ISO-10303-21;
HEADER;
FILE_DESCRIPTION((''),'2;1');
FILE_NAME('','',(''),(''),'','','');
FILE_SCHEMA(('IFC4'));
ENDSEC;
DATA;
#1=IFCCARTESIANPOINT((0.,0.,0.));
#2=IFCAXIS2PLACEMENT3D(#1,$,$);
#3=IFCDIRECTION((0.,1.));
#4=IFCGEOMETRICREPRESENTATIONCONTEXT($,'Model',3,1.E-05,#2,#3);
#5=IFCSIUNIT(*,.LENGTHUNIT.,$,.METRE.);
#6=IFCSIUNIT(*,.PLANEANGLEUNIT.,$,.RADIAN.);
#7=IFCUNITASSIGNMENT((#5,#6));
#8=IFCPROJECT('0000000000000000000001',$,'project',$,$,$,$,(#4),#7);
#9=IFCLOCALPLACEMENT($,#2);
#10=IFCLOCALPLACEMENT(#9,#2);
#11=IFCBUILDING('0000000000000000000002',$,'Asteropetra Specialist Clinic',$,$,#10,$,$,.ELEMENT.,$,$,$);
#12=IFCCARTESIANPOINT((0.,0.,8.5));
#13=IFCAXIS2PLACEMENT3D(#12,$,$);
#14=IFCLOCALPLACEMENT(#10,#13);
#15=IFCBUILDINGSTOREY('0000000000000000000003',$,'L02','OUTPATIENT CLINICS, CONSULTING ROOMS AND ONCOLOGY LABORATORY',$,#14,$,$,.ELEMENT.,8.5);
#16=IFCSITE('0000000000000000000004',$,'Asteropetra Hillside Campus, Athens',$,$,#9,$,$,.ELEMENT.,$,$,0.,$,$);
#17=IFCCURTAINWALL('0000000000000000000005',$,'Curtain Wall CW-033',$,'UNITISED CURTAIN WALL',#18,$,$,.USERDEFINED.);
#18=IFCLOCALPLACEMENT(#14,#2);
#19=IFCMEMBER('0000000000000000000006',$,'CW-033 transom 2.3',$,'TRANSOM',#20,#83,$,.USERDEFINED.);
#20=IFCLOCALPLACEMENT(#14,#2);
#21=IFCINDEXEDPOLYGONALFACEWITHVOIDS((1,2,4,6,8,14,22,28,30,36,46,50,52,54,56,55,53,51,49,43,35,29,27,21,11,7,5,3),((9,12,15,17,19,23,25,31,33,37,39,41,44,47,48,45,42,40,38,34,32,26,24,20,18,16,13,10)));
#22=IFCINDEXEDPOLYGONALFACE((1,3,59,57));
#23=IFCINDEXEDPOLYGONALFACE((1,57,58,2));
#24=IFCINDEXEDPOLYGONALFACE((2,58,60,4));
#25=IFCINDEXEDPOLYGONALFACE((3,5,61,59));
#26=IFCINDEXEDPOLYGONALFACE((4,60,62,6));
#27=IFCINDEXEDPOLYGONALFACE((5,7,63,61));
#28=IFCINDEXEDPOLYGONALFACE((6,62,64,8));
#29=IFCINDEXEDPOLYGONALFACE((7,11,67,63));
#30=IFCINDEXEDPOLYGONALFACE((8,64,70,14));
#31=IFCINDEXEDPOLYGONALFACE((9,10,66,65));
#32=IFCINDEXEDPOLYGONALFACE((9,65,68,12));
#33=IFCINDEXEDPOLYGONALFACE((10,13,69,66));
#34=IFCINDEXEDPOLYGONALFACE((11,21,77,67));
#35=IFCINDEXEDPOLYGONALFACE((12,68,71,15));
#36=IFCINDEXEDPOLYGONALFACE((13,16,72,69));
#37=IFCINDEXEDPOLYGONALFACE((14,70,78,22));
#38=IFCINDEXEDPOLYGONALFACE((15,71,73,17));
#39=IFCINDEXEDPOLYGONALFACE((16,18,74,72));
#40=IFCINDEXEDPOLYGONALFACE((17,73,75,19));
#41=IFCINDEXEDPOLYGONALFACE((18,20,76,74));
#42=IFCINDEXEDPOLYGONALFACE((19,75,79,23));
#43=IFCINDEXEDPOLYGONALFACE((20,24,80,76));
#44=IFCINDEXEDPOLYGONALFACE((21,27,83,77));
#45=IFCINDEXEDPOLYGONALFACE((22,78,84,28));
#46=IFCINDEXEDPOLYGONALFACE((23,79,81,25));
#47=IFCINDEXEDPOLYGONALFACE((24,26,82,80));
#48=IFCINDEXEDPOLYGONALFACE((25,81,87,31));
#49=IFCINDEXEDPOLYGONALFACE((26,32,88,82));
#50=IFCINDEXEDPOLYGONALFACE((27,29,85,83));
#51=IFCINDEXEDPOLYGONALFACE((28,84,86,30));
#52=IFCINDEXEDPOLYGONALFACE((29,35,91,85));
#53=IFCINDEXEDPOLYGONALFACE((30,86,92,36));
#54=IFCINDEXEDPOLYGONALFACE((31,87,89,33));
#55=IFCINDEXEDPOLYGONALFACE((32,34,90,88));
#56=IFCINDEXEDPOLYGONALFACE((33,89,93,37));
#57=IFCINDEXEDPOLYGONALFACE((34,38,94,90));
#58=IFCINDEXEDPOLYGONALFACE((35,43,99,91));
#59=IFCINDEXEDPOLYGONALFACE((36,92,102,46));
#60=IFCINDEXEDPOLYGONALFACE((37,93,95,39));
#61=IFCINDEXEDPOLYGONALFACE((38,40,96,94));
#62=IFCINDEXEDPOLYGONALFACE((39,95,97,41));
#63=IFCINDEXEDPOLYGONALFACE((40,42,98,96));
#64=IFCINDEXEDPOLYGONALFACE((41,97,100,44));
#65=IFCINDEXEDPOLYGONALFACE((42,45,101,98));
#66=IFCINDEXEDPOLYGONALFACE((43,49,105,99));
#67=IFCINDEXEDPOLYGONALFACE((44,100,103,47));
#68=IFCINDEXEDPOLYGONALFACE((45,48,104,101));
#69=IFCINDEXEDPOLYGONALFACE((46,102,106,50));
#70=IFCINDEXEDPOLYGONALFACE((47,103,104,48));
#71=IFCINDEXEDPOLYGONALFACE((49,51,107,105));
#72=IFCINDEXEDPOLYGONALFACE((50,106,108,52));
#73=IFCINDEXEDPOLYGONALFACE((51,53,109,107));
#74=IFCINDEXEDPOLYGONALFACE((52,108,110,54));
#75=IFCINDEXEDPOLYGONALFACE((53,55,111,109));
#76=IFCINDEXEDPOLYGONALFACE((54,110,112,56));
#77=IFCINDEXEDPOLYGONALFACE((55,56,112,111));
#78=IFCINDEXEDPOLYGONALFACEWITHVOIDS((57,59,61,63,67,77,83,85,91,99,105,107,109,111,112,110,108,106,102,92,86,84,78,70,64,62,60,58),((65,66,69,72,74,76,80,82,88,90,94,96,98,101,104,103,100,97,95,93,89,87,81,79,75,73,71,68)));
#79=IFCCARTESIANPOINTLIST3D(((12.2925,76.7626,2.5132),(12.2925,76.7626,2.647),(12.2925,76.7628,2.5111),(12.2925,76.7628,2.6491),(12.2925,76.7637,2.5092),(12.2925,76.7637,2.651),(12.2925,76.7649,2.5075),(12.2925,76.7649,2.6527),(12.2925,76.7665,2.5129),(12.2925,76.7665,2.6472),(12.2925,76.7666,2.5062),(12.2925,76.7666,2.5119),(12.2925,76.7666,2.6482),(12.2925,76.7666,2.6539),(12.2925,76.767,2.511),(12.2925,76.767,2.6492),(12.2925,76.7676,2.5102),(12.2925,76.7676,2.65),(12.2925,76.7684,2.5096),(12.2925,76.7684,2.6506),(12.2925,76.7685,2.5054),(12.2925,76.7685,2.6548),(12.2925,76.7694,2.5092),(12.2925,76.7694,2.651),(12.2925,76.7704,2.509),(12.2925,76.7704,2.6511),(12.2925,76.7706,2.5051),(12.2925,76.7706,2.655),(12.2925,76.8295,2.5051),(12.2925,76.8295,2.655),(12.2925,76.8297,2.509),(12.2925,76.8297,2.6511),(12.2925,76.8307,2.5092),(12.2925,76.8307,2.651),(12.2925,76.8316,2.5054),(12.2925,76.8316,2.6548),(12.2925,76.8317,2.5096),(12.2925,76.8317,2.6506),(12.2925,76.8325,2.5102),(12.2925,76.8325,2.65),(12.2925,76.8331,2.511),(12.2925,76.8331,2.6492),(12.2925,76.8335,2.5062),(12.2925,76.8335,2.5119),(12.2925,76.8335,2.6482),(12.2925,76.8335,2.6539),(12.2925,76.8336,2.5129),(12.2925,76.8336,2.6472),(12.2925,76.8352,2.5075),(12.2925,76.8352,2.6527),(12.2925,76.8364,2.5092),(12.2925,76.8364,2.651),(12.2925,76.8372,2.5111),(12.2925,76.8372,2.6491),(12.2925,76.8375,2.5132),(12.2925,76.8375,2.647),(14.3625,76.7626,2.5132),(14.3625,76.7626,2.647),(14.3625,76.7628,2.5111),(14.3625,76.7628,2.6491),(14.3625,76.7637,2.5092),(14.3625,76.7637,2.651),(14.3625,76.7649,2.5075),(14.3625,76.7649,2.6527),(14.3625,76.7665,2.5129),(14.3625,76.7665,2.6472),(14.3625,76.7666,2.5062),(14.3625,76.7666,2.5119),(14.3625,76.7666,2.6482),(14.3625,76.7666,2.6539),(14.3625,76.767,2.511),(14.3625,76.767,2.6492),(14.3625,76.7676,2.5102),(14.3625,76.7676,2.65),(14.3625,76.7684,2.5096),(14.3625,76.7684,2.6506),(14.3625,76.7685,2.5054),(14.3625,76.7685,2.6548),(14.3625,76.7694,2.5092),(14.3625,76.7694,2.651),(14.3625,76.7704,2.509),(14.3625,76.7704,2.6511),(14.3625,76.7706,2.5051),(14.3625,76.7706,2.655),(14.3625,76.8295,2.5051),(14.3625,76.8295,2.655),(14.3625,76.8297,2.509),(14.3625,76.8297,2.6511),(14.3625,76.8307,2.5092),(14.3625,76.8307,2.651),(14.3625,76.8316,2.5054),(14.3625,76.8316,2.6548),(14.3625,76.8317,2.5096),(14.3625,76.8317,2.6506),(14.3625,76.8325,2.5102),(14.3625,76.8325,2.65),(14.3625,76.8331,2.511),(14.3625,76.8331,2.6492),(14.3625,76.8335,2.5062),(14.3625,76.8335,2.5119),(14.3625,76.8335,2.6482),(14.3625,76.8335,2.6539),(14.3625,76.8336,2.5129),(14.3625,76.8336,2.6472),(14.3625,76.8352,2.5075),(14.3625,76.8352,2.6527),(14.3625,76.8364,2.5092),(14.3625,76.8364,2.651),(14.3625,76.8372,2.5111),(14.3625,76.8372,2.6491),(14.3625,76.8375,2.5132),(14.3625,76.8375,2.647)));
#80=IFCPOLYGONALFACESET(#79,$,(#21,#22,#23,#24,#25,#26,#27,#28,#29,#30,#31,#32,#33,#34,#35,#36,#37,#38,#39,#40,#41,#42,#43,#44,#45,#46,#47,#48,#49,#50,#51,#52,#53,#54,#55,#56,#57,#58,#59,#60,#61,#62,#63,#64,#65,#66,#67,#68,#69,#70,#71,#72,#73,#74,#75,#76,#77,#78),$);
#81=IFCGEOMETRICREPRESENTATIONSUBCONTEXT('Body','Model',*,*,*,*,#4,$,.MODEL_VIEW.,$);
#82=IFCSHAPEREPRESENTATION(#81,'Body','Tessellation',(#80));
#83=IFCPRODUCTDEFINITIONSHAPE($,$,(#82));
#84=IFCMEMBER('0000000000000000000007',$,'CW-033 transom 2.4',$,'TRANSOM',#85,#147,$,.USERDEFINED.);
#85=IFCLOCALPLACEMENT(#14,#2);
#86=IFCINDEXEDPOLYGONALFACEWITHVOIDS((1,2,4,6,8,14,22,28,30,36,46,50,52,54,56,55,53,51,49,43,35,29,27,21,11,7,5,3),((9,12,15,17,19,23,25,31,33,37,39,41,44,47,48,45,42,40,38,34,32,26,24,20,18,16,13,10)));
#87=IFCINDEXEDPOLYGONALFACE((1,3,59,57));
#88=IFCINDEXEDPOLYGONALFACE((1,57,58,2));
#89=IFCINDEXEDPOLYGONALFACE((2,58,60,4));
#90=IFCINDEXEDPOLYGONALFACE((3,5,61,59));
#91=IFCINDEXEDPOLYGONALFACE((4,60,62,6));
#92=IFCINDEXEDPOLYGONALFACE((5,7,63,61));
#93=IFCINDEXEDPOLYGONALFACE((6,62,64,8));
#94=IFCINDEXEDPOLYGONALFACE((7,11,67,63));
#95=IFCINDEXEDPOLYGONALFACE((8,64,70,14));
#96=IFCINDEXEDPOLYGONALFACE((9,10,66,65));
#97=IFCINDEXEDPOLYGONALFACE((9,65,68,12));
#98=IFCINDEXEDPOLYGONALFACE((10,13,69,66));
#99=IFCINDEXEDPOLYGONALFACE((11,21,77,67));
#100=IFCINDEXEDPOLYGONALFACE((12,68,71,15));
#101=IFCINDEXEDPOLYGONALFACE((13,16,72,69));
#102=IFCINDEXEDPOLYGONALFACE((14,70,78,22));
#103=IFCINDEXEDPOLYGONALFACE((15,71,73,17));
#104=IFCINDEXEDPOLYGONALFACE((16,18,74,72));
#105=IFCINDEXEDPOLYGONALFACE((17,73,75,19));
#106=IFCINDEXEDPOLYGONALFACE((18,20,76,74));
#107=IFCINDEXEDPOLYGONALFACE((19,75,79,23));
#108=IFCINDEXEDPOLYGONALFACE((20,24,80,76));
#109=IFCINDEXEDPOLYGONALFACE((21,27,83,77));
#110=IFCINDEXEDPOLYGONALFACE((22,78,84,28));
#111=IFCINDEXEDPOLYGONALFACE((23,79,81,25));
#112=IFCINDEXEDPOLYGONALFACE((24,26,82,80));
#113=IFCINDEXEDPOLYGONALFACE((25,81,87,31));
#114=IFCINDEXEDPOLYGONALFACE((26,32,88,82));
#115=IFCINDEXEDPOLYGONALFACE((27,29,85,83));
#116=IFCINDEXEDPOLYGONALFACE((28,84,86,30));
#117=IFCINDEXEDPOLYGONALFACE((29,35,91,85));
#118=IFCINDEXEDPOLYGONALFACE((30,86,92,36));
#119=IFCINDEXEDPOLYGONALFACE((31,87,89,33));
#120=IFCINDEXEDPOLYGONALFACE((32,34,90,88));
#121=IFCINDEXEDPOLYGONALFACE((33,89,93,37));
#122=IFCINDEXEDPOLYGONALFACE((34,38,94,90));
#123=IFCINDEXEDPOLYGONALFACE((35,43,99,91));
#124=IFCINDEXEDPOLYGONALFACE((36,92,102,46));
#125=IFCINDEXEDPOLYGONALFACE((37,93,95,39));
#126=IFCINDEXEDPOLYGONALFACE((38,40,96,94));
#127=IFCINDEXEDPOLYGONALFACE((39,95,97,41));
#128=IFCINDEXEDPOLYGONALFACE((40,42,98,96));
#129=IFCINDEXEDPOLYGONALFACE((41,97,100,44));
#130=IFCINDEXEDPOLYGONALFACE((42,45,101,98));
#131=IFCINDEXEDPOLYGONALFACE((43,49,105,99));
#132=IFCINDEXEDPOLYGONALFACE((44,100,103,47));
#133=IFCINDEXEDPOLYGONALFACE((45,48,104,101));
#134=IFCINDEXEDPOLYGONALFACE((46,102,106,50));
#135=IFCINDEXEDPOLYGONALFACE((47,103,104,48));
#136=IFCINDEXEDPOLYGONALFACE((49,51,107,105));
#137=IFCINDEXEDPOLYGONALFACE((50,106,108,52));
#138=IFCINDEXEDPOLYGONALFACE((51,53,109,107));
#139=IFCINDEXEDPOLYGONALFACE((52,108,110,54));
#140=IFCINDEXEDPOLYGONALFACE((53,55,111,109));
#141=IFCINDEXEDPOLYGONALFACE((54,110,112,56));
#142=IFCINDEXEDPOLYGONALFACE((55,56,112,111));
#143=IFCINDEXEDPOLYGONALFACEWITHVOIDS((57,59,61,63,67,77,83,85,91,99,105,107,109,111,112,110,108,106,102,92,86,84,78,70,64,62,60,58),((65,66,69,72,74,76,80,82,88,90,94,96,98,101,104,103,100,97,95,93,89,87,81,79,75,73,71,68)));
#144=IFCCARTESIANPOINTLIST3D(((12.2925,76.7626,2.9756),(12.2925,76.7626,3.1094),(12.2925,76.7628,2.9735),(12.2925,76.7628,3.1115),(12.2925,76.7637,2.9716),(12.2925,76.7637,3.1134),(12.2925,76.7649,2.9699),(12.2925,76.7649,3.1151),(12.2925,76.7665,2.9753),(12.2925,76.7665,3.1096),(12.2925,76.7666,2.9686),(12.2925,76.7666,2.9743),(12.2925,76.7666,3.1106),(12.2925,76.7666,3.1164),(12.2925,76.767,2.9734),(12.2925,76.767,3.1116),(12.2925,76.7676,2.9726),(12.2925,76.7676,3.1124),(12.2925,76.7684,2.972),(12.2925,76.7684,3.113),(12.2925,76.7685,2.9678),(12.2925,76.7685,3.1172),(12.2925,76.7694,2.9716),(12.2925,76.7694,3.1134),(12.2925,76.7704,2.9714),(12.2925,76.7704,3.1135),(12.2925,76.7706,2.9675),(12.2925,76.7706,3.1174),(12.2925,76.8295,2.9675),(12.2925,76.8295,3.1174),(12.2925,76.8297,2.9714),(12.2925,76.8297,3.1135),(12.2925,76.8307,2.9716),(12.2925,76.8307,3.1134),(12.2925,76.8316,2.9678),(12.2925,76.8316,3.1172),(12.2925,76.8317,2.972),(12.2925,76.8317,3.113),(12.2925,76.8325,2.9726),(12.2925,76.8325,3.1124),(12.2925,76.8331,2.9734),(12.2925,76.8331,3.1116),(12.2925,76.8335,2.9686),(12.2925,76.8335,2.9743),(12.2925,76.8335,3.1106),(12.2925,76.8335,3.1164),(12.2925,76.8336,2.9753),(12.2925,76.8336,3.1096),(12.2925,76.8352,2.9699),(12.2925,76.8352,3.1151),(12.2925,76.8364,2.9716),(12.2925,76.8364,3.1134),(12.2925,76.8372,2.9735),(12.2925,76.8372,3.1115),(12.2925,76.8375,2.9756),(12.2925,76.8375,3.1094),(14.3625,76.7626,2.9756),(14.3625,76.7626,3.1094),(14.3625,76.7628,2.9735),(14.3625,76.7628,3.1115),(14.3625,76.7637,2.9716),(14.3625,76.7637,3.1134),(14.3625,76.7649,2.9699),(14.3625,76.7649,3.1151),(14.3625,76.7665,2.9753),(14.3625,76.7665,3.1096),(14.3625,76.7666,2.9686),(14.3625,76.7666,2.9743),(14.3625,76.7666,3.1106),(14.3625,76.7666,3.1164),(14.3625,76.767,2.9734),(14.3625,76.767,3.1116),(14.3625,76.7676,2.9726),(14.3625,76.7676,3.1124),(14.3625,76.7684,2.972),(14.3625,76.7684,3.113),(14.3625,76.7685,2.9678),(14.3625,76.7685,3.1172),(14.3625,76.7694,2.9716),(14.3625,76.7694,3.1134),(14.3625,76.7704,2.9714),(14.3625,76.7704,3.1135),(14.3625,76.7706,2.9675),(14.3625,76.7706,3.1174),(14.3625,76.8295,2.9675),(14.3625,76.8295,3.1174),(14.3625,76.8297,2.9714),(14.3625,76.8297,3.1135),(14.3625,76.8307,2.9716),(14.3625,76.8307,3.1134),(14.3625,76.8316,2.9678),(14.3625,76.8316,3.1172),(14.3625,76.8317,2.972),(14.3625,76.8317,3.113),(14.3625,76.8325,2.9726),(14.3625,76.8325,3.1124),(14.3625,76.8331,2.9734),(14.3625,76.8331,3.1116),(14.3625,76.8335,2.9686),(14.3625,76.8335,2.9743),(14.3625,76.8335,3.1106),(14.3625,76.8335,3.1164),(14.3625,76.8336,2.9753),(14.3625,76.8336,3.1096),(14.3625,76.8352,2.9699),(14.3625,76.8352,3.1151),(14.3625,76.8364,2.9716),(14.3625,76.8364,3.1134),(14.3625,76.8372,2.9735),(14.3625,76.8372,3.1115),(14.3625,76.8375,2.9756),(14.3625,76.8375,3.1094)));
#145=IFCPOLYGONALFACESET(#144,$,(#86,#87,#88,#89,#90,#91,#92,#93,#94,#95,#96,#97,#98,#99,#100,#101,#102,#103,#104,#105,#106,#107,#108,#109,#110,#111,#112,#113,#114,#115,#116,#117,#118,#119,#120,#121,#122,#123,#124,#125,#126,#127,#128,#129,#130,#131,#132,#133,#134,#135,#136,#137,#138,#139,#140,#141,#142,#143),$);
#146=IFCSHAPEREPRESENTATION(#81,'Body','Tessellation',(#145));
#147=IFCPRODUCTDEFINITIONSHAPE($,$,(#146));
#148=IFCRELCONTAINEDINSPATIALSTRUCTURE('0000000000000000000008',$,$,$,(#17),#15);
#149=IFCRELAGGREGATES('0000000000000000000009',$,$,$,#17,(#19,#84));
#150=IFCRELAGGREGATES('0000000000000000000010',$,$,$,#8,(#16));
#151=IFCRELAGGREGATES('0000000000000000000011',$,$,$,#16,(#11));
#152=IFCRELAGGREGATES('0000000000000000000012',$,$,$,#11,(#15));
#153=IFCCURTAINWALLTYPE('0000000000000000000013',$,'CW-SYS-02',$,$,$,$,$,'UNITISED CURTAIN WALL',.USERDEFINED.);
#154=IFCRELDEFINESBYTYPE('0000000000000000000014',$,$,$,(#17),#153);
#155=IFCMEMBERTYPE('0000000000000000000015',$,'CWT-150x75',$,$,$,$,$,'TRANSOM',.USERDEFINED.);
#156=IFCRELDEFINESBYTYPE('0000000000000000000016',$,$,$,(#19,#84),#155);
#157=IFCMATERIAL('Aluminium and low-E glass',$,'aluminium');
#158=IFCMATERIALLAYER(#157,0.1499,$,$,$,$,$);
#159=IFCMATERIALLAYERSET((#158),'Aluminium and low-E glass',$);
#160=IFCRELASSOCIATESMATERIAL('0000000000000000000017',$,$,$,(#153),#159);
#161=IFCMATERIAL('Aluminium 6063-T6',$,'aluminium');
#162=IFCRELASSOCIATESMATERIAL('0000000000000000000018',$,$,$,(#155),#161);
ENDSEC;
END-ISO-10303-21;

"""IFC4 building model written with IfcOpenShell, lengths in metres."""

from ifc_helpers import new_model, si_unit, direction, frame, origin, origin_2d, place, context, subcontext, project, spatial, hollow_rectangle, extrude, material, layer, layer_set, material_profile, profile_set, type_object, element, aggregate, save


model = new_model("IFC4")

# Units and contexts
model_context = context("Model", 3, precision=1e-05, world=origin(), true_north=direction((0.0, 1.0)))
body_context = subcontext(model_context, "Body", "Model", "MODEL_VIEW")
ifc_project = project(units=[si_unit("LENGTHUNIT", "METRE"), si_unit("PLANEANGLEUNIT", "RADIAN")], contexts=[model_context])

# Site, building, storey
site_placement = place(None, origin())
site = spatial("IfcSite", under=ifc_project, at=site_placement, Name="Asteropetra Hillside Campus, Athens", CompositionType="ELEMENT", RefElevation=0.0)
building_placement = place(site_placement, origin())
building = spatial("IfcBuilding", under=site, at=building_placement, Name="Asteropetra Specialist Clinic", CompositionType="ELEMENT")
storey_placement = place(building_placement, frame((0.0, 0.0, 8.5)))
storey = spatial("IfcBuildingStorey", under=building, at=storey_placement, Name="L02", Description="OUTPATIENT CLINICS, CONSULTING ROOMS AND ONCOLOGY LABORATORY", CompositionType="ELEMENT", Elevation=8.5)

# Curtain wall
ifc_material_1 = material(Name="Aluminium and low-E glass", Category="aluminium")
ifc_layer_1 = layer(ifc_material_1, 0.1499)
ifc_layer_set_1 = layer_set([ifc_layer_1], Name="Aluminium and low-E glass")
curtain_wall_type_1 = type_object("IfcCurtainWallType", Name="CW-SYS-02", ElementType="UNITISED CURTAIN WALL", PredefinedType="USERDEFINED", material=ifc_layer_set_1)
curtain_wall_1_placement = place(storey_placement, origin())
curtain_wall_1 = element("IfcCurtainWall", 1, at=curtain_wall_1_placement, inside=storey, type_object=curtain_wall_type_1, Name="Curtain Wall CW-033", ObjectType="UNITISED CURTAIN WALL", PredefinedType="USERDEFINED")

# Members
ifc_material_2 = material(Name="Aluminium 6063-T6", Category="aluminium")
ifc_material_profile_1 = material_profile(ifc_material_2, hollow_rectangle(XDim=0.075, YDim=0.1499, WallThickness=0.0039, InnerFilletRadius=0.0039, OuterFilletRadius=0.0081, at=origin_2d()), Name="TRN 150x75x4.0")
ifc_profile_set_1 = profile_set([ifc_material_profile_1], Name="Aluminium 6063-T6")
member_type_1 = type_object("IfcMemberType", Name="CWT-150x75", ElementType="TRANSOM", PredefinedType="USERDEFINED", material=ifc_profile_set_1)
member_1_placement = place(storey_placement, frame((12.2925, 76.8, 2.5801), z_axis=(1.0, 0.0, 0.0), x_axis=(0.0, 1.0, 0.0)))
member_1 = element("IfcMember", 2, at=member_1_placement, type_object=member_type_1, Name="CW-033 transom 2.3", ObjectType="TRANSOM", PredefinedType="USERDEFINED", context=body_context, shape_type="SweptSolid", body=[
    extrude(hollow_rectangle(XDim=0.075, YDim=0.1499, WallThickness=0.0039, InnerFilletRadius=0.0039, OuterFilletRadius=0.0081, at=origin_2d()), origin(), (0.0, 0.0, 1.0), 2.0701),
])
member_2_placement = place(storey_placement, frame((12.2925, 76.8, 3.0425), z_axis=(1.0, 0.0, 0.0), x_axis=(0.0, 1.0, 0.0)))
member_2 = element("IfcMember", 3, at=member_2_placement, type_object=member_type_1, Name="CW-033 transom 2.4", ObjectType="TRANSOM", PredefinedType="USERDEFINED", context=body_context, shape_type="SweptSolid", body=[
    extrude(hollow_rectangle(XDim=0.075, YDim=0.1499, WallThickness=0.0039, InnerFilletRadius=0.0039, OuterFilletRadius=0.0081, at=origin_2d()), origin(), (0.0, 0.0, 1.0), 2.0701),
])

aggregate(curtain_wall_1, [member_1, member_2])

save(model, "model.ifc")
